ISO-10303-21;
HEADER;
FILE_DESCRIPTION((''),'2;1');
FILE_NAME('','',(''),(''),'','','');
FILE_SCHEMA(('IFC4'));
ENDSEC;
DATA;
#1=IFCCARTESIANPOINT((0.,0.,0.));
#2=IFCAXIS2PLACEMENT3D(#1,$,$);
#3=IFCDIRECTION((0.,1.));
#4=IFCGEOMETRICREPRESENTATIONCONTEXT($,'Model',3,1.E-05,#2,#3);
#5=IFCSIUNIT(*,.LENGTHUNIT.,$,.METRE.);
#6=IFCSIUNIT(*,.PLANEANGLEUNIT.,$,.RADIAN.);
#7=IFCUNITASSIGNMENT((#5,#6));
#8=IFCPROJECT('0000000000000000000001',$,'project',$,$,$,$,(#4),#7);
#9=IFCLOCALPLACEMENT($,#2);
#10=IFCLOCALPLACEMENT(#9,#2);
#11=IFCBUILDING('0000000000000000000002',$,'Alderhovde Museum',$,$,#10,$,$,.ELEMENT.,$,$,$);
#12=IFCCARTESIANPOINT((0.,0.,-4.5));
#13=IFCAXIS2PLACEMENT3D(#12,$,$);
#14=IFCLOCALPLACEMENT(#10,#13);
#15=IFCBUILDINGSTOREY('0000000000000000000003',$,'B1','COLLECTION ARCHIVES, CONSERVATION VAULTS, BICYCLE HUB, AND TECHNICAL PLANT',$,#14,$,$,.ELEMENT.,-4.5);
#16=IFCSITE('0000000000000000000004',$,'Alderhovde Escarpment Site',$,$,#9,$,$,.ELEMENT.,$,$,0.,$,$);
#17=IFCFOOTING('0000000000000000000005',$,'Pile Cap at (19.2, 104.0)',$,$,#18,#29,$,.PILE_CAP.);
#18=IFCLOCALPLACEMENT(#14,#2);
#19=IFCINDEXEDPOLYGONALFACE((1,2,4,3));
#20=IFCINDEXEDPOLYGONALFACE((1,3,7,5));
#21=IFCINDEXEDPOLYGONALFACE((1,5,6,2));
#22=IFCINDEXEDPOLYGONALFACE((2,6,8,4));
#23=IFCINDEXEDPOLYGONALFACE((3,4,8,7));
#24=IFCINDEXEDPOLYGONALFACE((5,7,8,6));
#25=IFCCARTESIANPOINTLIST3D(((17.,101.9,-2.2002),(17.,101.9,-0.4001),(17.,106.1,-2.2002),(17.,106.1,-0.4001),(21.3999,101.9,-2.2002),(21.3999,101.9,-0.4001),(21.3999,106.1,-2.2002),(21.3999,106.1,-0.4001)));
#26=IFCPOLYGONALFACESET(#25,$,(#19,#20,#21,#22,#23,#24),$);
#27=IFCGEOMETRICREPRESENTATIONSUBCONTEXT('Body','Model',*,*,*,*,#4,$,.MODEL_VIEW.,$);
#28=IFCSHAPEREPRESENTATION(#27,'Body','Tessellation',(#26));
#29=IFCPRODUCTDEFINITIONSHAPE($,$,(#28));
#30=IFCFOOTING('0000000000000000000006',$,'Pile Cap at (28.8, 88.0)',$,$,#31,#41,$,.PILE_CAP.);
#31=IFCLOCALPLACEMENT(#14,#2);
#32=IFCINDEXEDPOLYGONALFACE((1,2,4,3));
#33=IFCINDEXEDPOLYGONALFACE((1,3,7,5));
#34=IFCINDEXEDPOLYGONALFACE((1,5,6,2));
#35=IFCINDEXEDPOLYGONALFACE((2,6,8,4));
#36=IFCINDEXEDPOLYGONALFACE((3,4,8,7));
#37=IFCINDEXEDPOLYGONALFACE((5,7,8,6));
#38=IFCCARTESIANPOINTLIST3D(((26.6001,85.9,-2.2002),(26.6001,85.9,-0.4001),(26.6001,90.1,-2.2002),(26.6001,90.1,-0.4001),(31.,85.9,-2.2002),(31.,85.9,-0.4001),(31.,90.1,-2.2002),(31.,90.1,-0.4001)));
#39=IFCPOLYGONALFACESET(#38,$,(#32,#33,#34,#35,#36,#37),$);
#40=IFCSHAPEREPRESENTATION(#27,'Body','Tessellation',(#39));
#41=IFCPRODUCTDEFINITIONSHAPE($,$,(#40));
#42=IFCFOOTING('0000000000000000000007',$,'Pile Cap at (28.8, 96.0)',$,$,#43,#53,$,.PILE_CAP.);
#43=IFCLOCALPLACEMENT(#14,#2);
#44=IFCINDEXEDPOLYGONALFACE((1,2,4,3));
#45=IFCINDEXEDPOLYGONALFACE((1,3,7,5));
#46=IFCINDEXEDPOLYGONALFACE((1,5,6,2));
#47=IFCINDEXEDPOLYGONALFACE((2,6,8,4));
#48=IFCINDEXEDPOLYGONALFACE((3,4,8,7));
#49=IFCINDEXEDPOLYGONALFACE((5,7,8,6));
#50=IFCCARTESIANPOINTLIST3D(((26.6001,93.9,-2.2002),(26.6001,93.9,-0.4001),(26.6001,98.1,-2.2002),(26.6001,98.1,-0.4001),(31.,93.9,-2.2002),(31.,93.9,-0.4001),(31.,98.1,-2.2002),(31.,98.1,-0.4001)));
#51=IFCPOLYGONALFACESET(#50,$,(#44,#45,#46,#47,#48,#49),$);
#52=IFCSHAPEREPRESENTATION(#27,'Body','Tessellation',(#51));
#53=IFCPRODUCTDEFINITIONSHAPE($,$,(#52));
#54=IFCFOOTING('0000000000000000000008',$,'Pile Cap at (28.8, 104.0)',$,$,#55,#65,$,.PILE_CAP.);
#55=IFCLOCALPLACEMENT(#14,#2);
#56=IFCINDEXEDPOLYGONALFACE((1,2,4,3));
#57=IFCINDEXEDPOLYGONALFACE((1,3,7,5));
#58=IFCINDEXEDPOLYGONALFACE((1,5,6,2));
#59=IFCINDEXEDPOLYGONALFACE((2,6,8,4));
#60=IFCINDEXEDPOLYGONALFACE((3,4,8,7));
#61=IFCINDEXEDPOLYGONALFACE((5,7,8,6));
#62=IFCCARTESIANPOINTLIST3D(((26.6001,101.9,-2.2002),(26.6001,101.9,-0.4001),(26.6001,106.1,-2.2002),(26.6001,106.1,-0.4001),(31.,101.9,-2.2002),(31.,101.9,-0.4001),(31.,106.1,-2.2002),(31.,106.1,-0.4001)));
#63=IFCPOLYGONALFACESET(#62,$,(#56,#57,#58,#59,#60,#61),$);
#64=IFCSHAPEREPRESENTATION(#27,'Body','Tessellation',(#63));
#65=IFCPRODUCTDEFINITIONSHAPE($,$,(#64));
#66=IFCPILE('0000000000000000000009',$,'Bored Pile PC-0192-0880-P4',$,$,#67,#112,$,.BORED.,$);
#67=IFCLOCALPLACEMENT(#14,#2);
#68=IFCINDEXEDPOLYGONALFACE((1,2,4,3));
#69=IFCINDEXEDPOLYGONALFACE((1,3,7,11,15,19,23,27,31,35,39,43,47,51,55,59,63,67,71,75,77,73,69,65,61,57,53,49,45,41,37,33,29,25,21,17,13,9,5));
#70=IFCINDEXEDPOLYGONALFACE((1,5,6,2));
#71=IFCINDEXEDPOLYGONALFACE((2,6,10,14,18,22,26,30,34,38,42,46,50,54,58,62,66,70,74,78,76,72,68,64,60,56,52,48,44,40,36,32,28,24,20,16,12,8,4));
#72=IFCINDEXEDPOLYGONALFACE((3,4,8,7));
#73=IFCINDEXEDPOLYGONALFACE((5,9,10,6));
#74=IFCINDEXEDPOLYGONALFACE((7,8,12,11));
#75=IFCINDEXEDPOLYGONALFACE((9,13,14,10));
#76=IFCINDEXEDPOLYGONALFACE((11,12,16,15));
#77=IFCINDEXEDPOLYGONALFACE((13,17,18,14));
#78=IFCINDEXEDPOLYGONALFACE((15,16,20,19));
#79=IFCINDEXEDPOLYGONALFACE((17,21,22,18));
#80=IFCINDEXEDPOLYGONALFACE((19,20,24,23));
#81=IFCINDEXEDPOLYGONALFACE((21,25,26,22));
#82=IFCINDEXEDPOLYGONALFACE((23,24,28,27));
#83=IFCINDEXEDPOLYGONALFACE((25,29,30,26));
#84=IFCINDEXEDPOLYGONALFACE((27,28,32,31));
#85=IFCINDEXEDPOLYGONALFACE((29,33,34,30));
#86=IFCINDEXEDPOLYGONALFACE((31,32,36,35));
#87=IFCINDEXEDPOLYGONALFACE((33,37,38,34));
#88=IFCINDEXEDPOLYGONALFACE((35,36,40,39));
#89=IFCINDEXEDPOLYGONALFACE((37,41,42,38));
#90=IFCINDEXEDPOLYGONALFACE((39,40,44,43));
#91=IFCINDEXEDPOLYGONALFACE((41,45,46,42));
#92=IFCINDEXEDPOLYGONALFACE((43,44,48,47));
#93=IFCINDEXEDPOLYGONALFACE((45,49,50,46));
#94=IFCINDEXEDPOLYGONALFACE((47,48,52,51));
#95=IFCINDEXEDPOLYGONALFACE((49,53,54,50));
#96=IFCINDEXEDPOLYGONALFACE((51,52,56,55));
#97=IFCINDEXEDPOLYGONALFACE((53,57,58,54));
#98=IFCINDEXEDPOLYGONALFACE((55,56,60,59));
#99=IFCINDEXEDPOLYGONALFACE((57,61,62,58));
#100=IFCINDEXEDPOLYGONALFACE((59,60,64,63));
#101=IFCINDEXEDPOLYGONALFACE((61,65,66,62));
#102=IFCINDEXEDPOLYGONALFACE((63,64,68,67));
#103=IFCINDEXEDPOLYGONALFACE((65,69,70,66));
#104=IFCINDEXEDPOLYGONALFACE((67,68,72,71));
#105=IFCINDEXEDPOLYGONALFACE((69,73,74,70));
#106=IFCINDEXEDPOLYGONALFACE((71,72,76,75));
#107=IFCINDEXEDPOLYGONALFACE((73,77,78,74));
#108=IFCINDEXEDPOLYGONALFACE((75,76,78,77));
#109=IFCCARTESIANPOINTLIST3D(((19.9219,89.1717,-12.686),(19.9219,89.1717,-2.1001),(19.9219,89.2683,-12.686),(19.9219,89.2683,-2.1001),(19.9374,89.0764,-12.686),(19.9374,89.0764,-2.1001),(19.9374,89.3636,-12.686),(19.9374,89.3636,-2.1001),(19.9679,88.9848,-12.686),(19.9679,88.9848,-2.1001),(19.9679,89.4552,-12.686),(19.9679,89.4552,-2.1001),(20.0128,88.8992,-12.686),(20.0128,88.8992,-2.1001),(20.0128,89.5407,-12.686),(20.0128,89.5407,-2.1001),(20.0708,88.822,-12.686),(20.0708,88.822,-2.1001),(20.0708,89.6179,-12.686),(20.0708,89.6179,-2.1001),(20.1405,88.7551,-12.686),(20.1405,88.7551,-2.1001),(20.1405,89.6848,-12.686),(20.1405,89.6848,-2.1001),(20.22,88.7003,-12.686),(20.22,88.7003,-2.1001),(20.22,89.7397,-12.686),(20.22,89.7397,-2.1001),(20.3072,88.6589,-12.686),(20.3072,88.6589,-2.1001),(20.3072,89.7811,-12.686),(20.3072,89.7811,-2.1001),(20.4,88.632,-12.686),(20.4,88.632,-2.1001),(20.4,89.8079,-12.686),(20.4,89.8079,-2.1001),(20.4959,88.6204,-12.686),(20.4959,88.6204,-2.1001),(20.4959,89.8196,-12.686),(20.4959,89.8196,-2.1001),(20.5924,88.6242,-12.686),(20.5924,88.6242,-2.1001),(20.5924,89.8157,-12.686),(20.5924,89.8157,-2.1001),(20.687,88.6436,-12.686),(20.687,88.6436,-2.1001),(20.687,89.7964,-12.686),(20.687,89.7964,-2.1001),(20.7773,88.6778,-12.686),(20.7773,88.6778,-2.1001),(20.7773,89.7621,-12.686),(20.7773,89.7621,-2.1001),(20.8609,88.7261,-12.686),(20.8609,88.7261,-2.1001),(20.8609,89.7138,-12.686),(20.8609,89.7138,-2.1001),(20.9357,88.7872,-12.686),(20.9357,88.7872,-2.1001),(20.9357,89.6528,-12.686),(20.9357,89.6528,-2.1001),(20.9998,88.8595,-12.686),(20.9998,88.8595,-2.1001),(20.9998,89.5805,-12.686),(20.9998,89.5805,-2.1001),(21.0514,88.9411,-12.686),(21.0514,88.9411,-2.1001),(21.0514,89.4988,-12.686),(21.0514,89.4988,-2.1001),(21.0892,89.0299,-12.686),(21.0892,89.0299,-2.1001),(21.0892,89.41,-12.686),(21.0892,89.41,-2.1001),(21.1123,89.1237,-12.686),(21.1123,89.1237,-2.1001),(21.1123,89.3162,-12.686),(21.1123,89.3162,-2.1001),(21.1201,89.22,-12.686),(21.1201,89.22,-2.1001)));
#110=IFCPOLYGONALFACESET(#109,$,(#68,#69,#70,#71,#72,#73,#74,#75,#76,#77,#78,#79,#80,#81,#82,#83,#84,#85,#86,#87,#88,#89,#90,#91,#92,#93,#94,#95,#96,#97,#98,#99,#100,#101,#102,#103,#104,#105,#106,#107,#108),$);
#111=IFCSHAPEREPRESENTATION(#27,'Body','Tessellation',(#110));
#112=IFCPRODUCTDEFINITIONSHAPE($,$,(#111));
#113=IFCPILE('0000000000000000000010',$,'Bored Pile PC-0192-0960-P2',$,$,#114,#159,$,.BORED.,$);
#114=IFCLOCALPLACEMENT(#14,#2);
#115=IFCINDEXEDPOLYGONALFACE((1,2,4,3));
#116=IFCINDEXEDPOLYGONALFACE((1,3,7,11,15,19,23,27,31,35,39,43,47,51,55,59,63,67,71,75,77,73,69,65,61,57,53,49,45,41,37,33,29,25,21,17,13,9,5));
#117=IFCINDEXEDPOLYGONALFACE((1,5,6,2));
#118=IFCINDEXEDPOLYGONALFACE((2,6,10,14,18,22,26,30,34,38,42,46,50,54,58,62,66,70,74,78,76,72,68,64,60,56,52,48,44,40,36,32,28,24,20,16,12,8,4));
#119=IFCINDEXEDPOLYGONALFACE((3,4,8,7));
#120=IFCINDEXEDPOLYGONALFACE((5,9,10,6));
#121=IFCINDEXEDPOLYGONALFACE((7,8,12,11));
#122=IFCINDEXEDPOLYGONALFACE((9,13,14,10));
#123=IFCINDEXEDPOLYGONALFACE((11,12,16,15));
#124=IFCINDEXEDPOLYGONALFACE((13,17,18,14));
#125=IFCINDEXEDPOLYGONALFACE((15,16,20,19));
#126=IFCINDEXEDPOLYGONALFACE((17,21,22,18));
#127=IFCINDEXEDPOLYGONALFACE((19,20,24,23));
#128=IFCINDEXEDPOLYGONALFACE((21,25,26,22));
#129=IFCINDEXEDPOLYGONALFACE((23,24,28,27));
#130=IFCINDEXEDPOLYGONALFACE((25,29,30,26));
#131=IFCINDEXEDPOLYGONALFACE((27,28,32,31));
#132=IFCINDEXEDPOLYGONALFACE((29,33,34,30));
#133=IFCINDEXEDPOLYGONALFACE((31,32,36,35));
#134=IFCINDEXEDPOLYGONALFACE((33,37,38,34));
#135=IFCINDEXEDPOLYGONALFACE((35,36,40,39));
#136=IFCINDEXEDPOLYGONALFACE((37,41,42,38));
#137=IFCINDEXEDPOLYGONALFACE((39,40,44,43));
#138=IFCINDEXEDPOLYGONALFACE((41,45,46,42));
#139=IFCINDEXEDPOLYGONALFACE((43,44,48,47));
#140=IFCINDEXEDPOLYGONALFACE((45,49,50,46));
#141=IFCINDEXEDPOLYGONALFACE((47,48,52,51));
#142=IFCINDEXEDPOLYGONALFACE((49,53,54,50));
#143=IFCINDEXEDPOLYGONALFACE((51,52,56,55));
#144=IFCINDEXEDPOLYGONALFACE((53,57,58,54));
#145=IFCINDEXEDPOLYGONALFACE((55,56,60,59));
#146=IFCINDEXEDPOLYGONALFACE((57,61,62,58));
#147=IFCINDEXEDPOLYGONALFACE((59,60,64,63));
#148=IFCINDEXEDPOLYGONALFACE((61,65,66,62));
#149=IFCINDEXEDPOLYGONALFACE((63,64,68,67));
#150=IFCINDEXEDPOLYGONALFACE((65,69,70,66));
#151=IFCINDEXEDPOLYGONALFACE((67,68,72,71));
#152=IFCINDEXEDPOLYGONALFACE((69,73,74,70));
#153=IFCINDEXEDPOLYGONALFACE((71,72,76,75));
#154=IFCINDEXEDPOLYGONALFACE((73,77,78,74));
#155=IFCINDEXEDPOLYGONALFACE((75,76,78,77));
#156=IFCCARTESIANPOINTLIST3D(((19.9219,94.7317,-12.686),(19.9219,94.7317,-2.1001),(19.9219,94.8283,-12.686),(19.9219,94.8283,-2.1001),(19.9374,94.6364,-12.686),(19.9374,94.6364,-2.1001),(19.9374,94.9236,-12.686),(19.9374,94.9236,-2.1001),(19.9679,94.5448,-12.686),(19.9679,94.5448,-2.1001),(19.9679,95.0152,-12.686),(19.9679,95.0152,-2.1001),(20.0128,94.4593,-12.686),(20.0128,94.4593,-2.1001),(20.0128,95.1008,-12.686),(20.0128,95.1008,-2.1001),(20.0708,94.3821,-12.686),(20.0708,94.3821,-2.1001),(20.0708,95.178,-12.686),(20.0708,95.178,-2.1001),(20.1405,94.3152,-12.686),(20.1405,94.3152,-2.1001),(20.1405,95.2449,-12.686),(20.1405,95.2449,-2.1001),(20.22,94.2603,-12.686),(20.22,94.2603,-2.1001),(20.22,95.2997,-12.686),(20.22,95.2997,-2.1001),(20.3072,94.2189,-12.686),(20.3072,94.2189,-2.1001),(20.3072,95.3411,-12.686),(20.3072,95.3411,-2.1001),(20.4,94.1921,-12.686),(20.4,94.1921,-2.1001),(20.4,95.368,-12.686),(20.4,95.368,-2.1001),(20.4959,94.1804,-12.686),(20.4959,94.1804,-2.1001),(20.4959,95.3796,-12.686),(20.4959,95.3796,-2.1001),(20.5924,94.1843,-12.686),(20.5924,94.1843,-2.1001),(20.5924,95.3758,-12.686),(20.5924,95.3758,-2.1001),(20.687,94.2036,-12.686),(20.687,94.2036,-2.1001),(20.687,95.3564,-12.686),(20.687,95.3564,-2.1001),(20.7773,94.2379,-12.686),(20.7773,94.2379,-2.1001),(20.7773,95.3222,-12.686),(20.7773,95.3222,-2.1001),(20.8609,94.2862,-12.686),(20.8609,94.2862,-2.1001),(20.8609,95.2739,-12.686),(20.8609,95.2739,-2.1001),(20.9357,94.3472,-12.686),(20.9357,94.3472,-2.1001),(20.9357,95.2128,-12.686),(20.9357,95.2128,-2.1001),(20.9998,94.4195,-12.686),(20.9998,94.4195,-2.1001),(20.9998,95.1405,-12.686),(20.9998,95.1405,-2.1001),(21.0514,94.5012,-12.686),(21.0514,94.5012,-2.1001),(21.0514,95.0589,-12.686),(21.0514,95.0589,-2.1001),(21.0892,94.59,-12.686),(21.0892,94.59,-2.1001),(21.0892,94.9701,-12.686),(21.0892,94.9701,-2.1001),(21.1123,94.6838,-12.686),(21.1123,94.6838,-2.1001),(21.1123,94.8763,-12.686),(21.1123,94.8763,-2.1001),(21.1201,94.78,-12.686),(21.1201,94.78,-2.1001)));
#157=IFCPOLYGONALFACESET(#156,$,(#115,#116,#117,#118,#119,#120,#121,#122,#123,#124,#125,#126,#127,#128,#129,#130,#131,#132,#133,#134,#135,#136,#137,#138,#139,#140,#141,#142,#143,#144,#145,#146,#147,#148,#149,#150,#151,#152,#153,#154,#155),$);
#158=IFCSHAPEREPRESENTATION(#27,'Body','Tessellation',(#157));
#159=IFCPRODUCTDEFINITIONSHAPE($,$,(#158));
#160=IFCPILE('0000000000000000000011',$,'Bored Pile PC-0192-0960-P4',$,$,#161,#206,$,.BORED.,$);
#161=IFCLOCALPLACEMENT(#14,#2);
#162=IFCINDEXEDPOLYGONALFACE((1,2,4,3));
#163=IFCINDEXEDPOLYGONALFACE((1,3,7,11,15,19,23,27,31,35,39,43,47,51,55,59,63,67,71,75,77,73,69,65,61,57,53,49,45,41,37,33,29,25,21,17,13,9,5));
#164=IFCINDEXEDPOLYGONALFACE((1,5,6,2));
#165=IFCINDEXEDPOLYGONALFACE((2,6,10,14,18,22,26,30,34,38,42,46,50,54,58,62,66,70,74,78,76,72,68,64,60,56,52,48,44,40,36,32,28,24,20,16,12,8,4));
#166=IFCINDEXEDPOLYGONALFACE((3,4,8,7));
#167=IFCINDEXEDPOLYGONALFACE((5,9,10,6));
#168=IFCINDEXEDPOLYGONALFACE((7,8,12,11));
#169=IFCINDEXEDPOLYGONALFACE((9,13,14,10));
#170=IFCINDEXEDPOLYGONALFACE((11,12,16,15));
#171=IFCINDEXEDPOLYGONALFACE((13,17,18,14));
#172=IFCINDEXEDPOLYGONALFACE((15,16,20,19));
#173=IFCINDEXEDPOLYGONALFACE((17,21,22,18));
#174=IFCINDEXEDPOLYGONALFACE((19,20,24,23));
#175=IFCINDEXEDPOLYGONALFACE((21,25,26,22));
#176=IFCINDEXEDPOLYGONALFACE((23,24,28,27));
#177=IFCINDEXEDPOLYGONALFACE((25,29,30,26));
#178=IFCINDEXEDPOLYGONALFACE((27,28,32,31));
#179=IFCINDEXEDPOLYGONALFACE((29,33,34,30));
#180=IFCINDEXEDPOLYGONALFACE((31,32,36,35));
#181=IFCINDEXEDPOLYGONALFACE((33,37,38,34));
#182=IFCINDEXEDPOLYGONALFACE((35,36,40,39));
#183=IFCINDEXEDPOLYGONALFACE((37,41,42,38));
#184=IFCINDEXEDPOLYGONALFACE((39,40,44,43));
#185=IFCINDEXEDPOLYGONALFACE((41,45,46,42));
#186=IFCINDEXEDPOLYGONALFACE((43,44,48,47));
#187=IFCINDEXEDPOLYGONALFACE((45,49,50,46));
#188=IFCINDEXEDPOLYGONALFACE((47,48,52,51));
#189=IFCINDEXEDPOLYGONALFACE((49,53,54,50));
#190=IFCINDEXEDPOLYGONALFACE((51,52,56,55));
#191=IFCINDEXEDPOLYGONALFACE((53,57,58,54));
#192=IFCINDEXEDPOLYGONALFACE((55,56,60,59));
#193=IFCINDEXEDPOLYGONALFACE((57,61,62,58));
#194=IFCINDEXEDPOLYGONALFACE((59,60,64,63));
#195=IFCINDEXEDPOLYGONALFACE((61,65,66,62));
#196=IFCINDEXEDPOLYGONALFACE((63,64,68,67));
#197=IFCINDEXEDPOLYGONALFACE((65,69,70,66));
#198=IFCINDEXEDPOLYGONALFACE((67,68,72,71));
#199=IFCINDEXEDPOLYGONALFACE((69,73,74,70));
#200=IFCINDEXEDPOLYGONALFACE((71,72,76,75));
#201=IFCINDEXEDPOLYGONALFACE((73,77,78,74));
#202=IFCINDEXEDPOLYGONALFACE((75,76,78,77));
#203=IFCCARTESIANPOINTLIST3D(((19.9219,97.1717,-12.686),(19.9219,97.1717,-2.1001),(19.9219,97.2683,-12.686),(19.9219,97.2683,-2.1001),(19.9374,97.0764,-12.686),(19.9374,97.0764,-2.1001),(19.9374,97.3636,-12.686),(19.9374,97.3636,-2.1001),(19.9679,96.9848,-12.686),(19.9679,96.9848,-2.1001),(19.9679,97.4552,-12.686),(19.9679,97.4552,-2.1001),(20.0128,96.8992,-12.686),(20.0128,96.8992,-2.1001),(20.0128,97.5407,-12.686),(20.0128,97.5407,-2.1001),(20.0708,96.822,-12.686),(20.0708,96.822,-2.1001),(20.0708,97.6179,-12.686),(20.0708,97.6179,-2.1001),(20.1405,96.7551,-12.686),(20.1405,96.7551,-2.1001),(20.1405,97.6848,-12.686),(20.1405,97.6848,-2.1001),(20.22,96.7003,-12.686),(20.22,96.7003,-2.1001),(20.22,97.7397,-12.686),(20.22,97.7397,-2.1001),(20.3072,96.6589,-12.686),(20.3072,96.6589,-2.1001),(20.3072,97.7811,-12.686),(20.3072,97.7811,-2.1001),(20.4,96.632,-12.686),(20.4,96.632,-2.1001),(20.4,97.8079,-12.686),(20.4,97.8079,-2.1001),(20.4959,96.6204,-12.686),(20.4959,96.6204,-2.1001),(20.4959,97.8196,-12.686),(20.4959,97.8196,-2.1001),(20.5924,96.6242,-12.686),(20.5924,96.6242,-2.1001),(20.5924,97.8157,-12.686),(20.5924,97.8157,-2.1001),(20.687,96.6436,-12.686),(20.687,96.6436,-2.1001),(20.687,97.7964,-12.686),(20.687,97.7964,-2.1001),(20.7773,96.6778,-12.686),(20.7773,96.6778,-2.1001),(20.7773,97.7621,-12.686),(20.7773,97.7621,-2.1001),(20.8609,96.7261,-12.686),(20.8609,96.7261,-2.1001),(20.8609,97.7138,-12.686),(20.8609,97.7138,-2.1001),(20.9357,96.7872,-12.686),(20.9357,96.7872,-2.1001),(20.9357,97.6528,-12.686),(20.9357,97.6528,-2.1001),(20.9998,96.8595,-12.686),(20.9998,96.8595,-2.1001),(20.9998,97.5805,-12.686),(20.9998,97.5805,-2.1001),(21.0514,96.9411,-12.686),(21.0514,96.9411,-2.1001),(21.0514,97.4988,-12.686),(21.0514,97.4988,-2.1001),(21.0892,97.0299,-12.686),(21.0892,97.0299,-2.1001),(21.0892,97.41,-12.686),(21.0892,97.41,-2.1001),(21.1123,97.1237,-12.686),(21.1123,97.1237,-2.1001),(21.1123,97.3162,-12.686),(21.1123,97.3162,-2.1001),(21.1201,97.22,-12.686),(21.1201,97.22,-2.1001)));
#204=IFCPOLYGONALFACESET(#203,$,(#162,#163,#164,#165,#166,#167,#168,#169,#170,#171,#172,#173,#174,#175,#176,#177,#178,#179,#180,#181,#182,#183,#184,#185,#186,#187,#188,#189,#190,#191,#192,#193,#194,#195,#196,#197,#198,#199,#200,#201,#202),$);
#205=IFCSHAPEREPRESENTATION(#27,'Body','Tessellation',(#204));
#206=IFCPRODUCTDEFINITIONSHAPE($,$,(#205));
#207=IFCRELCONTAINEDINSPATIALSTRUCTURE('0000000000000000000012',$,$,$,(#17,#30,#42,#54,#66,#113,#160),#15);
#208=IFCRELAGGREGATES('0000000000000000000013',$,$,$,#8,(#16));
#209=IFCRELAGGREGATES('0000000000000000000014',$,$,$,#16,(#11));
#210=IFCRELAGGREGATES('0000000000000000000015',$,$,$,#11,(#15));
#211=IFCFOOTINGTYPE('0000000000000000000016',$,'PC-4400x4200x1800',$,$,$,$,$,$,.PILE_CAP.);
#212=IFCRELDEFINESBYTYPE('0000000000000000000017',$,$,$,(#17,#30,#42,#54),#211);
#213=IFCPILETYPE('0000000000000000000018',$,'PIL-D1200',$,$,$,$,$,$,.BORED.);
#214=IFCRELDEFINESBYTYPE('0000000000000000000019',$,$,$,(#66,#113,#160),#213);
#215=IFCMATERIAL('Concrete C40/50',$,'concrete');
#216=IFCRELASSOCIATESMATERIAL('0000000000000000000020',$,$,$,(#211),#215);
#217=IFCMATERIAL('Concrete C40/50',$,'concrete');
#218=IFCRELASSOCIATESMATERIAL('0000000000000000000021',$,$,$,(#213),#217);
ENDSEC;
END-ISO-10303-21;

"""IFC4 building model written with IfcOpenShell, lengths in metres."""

from ifc_helpers import new_model, si_unit, direction, frame, origin, origin_2d, place, context, subcontext, project, spatial, rectangle, circle, extrude, material, material_profile, profile_set, type_object, element, save


model = new_model("IFC4")

# Units and contexts
model_context = context("Model", 3, precision=1e-05, world=origin(), true_north=direction((0.0, 1.0)))
body_context = subcontext(model_context, "Body", "Model", "MODEL_VIEW")
ifc_project = project(units=[si_unit("LENGTHUNIT", "METRE"), si_unit("PLANEANGLEUNIT", "RADIAN")], contexts=[model_context])

# Site, building, storey
site_placement = place(None, origin())
site = spatial("IfcSite", under=ifc_project, at=site_placement, Name="Alderhovde Escarpment Site", CompositionType="ELEMENT", RefElevation=0.0)
building_placement = place(site_placement, origin())
building = spatial("IfcBuilding", under=site, at=building_placement, Name="Alderhovde Museum", CompositionType="ELEMENT")
storey_placement = place(building_placement, frame((0.0, 0.0, -4.5)))
storey = spatial("IfcBuildingStorey", under=building, at=storey_placement, Name="B1", Description="COLLECTION ARCHIVES, CONSERVATION VAULTS, BICYCLE HUB, AND TECHNICAL PLANT", CompositionType="ELEMENT", Elevation=-4.5)

# Footings
ifc_material_1 = material(Name="Concrete C40/50", Category="concrete")
footing_type = type_object("IfcFootingType", Name="PC-4400x4200x1800", PredefinedType="PILE_CAP", material=ifc_material_1)
for number, where, z_axis, x_axis, name in (
    (1, (19.2, 104.0, -2.2002), (0.0, 0.0, 1.0), (1.0, 0.0, 0.0), "Pile Cap at (19.2, 104.0)"),
    (2, (28.8, 88.0, -2.2002), (0.0, 0.0, 1.0), (1.0, 0.0, 0.0), "Pile Cap at (28.8, 88.0)"),
    (3, (28.8, 96.0, -2.2002), (0.0, 0.0, 1.0), (1.0, 0.0, 0.0), "Pile Cap at (28.8, 96.0)"),
    (4, (28.8, 104.0, -2.2002), (0.0, 0.0, 1.0), (1.0, 0.0, 0.0), "Pile Cap at (28.8, 104.0)"),
):
    element("IfcFooting", number, at=place(storey_placement, frame(where, z_axis=z_axis, x_axis=x_axis)), inside=storey, type_object=footing_type, Name=name, PredefinedType="PILE_CAP", context=body_context, shape_type="SweptSolid", body=[
        extrude(rectangle(XDim=4.3999, YDim=4.2, at=origin_2d()), origin(), (0.0, 0.0, 1.0), 1.8),
    ])

# Piles
ifc_material_2 = material(Name="Concrete C40/50", Category="concrete")
ifc_material_profile_1 = material_profile(ifc_material_2, circle(Radius=0.6001, at=origin_2d()), Name="PILE-D1200")
ifc_profile_set_1 = profile_set([ifc_material_profile_1], Name="Concrete C40/50")
pile_type = type_object("IfcPileType", Name="PIL-D1200", PredefinedType="BORED", material=ifc_profile_set_1)
for number, where, z_axis, x_axis, name in (
    (5, (20.52, 89.22, -2.1001), (0.0, 0.0, -1.0), (1.0, 0.0, 0.0), "Bored Pile PC-0192-0880-P4"),
    (6, (20.52, 94.78, -2.1001), (0.0, 0.0, -1.0), (1.0, 0.0, 0.0), "Bored Pile PC-0192-0960-P2"),
    (7, (20.52, 97.22, -2.1001), (0.0, 0.0, -1.0), (1.0, 0.0, 0.0), "Bored Pile PC-0192-0960-P4"),
):
    element("IfcPile", number, at=place(storey_placement, frame(where, z_axis=z_axis, x_axis=x_axis)), inside=storey, type_object=pile_type, Name=name, PredefinedType="BORED", context=body_context, shape_type="SweptSolid", body=[
        extrude(circle(Radius=0.6001, at=origin_2d()), origin(), (0.0, 0.0, 1.0), 10.5859),
    ])

save(model, "model.ifc")
